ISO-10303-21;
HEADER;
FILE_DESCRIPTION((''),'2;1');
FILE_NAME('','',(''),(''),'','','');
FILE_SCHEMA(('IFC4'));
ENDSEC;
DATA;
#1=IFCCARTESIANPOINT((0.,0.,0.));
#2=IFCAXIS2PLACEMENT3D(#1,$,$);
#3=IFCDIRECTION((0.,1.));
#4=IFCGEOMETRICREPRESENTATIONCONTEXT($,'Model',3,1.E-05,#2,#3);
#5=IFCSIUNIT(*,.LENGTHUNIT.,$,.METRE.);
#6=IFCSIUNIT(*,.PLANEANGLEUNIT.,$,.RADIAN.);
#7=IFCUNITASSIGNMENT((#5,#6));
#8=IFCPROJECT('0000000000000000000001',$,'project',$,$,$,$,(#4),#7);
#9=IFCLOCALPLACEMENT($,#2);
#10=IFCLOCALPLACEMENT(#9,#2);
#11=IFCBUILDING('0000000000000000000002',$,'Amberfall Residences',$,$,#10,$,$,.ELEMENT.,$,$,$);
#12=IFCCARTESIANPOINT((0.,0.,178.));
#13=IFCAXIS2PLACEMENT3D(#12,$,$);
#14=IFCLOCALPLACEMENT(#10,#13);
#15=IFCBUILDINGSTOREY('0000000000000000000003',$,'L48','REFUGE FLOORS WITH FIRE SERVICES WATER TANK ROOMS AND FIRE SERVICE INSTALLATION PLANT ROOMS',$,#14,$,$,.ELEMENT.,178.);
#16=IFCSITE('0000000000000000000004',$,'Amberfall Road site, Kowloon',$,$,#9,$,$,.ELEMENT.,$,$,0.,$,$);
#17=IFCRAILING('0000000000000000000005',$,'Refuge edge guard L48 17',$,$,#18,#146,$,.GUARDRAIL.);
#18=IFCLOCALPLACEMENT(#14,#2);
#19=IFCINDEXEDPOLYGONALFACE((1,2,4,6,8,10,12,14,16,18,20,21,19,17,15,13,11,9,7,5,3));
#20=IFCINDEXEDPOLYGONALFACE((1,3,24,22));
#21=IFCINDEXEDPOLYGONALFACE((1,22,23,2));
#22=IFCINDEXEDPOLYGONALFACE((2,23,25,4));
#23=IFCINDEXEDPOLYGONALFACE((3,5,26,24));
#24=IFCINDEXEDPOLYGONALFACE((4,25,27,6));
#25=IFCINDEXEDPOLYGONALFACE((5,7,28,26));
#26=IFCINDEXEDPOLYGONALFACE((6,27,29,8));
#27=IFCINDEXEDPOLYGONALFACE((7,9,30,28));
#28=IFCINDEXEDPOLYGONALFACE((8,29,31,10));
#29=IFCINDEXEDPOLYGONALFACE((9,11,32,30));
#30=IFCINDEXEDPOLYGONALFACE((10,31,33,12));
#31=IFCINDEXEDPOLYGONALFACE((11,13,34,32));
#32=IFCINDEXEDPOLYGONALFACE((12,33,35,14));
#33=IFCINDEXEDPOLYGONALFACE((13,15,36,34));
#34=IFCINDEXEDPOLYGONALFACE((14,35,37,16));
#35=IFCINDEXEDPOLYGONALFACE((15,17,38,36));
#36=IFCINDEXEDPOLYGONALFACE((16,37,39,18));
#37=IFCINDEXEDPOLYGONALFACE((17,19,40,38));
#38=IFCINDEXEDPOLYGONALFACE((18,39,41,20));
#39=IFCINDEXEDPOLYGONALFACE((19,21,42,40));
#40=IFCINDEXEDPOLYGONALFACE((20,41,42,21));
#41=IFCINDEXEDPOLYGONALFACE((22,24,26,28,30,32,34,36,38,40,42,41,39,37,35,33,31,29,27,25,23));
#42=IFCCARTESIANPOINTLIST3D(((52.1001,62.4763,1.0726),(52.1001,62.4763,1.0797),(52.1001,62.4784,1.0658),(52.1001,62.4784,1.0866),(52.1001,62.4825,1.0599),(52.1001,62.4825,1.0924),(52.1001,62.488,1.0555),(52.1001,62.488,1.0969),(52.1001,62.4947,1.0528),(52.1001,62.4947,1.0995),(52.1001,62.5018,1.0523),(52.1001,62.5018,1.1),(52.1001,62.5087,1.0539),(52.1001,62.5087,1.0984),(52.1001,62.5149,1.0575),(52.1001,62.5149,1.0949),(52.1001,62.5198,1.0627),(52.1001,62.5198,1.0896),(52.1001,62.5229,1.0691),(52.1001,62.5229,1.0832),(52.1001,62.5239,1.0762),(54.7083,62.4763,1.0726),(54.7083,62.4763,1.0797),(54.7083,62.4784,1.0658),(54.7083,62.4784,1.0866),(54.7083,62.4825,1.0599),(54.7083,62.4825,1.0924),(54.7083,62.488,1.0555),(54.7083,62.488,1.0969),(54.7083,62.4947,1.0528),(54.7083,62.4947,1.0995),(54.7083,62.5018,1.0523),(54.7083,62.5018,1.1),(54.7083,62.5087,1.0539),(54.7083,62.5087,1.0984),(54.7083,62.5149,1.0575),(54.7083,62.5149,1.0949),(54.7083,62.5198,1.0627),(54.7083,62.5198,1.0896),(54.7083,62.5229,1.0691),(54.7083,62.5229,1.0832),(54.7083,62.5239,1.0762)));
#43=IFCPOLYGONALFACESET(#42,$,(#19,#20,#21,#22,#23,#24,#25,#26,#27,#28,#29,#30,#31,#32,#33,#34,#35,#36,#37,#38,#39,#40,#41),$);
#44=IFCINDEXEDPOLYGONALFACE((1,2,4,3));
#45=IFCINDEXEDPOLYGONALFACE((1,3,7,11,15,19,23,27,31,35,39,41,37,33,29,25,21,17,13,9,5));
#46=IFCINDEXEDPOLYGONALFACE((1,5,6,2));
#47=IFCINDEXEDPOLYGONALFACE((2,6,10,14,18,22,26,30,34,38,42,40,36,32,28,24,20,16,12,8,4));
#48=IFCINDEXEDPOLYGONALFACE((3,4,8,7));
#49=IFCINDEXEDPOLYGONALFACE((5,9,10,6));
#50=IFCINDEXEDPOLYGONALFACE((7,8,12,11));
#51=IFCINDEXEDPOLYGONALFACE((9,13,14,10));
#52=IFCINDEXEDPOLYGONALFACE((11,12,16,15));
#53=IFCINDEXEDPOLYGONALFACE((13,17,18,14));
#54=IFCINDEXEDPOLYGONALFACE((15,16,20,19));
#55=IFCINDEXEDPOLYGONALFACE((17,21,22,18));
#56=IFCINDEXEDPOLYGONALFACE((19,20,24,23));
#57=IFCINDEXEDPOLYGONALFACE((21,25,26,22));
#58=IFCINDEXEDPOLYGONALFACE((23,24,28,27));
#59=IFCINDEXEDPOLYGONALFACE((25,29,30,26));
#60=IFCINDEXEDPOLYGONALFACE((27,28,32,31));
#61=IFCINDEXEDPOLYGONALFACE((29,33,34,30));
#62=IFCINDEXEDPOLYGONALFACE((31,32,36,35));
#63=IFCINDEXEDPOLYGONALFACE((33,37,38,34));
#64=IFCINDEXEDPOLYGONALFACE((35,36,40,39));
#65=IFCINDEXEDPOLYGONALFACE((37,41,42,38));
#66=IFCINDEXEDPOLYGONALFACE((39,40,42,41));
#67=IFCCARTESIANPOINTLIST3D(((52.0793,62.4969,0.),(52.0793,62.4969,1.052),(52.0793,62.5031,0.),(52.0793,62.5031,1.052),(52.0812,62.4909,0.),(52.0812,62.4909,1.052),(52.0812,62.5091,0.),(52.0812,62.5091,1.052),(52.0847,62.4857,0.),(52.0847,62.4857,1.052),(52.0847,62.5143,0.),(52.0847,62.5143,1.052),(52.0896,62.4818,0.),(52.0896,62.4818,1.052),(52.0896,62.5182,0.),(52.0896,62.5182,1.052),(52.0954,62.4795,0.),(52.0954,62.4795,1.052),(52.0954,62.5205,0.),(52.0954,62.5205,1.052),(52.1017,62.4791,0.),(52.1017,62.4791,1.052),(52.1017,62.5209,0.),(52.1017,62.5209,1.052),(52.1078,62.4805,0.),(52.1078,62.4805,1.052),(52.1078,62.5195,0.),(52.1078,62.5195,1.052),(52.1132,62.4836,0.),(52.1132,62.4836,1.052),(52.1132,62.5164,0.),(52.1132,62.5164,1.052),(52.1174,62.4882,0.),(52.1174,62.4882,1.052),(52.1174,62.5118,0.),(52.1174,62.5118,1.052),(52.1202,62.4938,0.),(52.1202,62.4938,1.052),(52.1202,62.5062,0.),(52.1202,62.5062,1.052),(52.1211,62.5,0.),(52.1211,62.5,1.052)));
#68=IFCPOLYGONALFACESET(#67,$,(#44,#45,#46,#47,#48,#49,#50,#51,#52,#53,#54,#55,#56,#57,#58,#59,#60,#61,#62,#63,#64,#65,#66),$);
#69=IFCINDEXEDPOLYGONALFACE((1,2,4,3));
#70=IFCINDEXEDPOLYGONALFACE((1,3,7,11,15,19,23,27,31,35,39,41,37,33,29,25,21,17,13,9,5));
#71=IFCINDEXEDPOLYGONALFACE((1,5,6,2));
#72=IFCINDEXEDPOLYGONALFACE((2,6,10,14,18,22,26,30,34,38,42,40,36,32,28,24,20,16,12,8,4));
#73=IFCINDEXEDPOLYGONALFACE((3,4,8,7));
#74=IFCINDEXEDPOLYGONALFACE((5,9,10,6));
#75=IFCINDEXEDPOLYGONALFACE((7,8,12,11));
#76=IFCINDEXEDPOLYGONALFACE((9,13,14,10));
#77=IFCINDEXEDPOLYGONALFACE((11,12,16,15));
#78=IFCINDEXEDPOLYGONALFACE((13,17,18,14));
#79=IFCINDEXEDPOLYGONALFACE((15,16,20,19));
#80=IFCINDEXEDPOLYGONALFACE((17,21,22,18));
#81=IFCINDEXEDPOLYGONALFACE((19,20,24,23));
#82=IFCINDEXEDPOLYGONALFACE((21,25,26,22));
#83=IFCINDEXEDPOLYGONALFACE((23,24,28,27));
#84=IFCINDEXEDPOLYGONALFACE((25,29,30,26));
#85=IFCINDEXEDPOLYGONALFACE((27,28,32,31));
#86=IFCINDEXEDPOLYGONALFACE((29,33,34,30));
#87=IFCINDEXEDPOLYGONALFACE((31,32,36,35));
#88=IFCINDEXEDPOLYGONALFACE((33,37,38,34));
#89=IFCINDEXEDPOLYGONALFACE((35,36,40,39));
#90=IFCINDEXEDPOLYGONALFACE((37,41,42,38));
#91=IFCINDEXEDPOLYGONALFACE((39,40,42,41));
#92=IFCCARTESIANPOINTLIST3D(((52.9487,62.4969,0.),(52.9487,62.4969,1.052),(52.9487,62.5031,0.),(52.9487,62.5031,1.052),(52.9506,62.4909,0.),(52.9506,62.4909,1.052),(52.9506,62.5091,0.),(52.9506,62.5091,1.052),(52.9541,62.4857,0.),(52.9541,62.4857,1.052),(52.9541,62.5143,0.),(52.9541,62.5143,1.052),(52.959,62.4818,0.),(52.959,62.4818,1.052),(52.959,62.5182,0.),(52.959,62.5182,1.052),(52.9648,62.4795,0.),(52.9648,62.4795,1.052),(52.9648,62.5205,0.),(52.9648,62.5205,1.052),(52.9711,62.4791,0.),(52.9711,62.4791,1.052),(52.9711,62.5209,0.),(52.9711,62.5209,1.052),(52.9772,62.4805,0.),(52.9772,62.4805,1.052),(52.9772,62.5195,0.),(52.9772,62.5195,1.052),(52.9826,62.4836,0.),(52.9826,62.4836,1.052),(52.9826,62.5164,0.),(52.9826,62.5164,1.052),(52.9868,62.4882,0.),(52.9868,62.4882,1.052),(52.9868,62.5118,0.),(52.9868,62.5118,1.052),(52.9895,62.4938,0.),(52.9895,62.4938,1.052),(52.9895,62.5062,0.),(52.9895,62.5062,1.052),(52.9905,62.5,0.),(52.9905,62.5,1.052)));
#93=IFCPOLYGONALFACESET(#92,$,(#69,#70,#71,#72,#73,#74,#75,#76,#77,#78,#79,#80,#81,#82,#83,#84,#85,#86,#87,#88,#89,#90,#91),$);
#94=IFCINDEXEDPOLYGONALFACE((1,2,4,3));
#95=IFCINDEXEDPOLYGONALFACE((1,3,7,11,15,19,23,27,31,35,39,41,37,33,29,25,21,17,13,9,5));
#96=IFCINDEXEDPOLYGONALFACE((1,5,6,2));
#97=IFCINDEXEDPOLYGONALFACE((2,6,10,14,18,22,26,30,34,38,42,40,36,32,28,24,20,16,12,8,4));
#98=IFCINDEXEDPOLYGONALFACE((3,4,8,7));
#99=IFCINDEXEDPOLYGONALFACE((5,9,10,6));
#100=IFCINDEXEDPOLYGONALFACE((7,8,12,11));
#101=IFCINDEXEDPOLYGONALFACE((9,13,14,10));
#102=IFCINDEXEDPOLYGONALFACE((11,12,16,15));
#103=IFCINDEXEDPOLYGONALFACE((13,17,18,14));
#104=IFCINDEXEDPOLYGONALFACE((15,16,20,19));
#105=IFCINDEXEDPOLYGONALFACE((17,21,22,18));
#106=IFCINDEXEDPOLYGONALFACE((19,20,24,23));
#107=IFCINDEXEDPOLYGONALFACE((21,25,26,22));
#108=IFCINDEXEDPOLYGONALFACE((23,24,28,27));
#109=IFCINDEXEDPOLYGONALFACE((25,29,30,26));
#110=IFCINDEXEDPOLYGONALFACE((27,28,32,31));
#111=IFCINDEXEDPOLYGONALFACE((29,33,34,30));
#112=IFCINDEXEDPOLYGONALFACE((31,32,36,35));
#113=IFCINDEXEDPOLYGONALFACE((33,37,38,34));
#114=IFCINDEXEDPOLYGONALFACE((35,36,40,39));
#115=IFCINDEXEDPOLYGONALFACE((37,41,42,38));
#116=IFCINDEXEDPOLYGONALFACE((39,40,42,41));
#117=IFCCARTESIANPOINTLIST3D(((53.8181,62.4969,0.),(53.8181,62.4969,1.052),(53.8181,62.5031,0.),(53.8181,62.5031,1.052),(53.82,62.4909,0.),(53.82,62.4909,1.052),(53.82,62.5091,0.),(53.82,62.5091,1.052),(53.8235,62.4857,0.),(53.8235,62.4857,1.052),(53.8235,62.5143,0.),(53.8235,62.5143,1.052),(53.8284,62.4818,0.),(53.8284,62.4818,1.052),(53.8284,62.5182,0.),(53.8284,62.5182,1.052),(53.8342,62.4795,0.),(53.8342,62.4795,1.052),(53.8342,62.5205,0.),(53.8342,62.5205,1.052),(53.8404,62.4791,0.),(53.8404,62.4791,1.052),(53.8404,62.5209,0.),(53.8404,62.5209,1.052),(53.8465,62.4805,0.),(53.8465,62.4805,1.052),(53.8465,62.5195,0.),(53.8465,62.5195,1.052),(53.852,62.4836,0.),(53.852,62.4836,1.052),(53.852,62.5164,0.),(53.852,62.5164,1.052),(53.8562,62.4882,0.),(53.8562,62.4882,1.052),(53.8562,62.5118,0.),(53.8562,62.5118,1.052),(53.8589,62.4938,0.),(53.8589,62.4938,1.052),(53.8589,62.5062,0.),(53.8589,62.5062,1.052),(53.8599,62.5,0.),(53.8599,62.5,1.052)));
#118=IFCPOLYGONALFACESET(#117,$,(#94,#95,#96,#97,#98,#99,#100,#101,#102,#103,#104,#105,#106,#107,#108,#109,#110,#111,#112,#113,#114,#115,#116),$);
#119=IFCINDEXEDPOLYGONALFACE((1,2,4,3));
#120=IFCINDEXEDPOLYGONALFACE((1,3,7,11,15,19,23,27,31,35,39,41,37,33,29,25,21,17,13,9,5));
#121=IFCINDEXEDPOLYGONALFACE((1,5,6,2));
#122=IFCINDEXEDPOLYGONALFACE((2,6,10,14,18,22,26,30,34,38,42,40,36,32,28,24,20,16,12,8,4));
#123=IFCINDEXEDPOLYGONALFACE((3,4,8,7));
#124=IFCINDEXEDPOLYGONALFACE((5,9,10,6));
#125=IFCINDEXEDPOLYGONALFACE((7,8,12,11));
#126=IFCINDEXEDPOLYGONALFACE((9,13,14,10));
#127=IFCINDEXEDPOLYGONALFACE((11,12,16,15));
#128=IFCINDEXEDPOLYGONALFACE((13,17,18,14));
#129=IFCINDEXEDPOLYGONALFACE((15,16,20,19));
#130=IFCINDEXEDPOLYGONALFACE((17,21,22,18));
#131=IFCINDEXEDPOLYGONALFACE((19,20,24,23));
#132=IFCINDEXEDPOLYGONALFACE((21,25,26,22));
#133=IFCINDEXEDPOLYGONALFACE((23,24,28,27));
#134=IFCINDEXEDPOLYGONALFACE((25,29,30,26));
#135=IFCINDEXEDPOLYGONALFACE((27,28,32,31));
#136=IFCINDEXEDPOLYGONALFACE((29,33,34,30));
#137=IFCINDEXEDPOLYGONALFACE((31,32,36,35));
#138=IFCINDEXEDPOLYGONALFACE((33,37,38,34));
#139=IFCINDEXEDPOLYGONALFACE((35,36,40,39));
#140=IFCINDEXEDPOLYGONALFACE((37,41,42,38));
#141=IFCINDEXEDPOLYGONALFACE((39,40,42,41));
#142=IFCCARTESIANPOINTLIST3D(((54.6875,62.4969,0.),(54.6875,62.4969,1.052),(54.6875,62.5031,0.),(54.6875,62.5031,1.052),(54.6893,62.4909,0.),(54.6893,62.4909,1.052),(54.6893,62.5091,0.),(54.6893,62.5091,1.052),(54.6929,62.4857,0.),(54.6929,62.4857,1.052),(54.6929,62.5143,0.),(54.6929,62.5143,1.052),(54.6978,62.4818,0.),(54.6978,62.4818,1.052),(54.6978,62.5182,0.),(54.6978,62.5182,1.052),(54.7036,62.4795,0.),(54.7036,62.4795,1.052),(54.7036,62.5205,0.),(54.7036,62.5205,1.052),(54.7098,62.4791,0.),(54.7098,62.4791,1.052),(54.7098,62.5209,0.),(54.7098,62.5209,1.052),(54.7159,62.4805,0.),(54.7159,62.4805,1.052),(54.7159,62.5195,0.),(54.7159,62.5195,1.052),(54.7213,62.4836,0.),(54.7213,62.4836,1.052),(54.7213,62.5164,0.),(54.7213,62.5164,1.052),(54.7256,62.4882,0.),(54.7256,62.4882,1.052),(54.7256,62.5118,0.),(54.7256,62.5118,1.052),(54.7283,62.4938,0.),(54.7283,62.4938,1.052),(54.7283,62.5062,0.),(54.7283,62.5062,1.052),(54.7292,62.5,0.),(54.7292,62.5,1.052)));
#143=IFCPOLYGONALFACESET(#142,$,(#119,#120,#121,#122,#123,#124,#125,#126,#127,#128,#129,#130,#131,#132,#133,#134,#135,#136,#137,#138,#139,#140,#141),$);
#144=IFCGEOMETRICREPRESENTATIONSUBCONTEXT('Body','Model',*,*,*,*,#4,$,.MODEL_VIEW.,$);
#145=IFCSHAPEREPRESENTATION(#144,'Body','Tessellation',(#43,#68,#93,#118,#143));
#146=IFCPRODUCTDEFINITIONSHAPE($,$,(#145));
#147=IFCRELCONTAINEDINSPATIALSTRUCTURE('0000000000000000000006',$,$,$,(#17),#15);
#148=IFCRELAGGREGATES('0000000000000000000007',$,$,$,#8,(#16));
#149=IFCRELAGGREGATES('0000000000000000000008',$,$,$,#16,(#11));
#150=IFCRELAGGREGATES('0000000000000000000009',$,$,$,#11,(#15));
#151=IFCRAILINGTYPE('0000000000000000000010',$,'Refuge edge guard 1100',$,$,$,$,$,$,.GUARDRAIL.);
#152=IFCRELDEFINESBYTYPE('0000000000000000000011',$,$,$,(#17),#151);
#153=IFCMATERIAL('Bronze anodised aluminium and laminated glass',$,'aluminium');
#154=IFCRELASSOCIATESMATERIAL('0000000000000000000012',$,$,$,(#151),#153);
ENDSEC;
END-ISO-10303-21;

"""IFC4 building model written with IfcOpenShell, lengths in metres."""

from ifc_helpers import new_model, si_unit, direction, frame, origin, origin_2d, place, context, subcontext, project, spatial, circle, extrude, material, type_object, element, save


model = new_model("IFC4")

# Units and contexts
model_context = context("Model", 3, precision=1e-05, world=origin(), true_north=direction((0.0, 1.0)))
body_context = subcontext(model_context, "Body", "Model", "MODEL_VIEW")
ifc_project = project(units=[si_unit("LENGTHUNIT", "METRE"), si_unit("PLANEANGLEUNIT", "RADIAN")], contexts=[model_context])

# Site, building, storey
site_placement = place(None, origin())
site = spatial("IfcSite", under=ifc_project, at=site_placement, Name="Amberfall Road site, Kowloon", CompositionType="ELEMENT", RefElevation=0.0)
building_placement = place(site_placement, origin())
building = spatial("IfcBuilding", under=site, at=building_placement, Name="Amberfall Residences", CompositionType="ELEMENT")
storey_placement = place(building_placement, frame((0.0, 0.0, 178.0)))
storey = spatial("IfcBuildingStorey", under=building, at=storey_placement, Name="L48", Description="REFUGE FLOORS WITH FIRE SERVICES WATER TANK ROOMS AND FIRE SERVICE INSTALLATION PLANT ROOMS", CompositionType="ELEMENT", Elevation=178.0)

# Railing
ifc_material_1 = material(Name="Bronze anodised aluminium and laminated glass", Category="aluminium")
railing_type = type_object("IfcRailingType", Name="Refuge edge guard 1100", PredefinedType="GUARDRAIL", material=ifc_material_1)
railing_1_placement = place(storey_placement, frame((52.1001, 62.5, 0.0)))
element("IfcRailing", 1, at=railing_1_placement, inside=storey, type_object=railing_type, Name="Refuge edge guard L48 17", PredefinedType="GUARDRAIL", context=body_context, shape_type="SweptSolid", body=[
    extrude(circle(Radius=0.0239, at=origin_2d()), frame((0.0, 0.0, 1.0762), z_axis=(1.0, 0.0, 0.0), x_axis=(0.0, 1.0, 0.0)), (0.0, 0.0, 1.0), 2.6082),
    extrude(circle(Radius=0.021, at=origin_2d()), origin(), (0.0, 0.0, 1.0), 1.052),
    extrude(circle(Radius=0.021, at=origin_2d()), frame((0.8694, 0.0, 0.0)), (0.0, 0.0, 1.0), 1.052),
    extrude(circle(Radius=0.021, at=origin_2d()), frame((1.7388, 0.0, 0.0)), (0.0, 0.0, 1.0), 1.052),
    extrude(circle(Radius=0.021, at=origin_2d()), frame((2.6082, 0.0, 0.0)), (0.0, 0.0, 1.0), 1.052),
])

save(model, "model.ifc")
